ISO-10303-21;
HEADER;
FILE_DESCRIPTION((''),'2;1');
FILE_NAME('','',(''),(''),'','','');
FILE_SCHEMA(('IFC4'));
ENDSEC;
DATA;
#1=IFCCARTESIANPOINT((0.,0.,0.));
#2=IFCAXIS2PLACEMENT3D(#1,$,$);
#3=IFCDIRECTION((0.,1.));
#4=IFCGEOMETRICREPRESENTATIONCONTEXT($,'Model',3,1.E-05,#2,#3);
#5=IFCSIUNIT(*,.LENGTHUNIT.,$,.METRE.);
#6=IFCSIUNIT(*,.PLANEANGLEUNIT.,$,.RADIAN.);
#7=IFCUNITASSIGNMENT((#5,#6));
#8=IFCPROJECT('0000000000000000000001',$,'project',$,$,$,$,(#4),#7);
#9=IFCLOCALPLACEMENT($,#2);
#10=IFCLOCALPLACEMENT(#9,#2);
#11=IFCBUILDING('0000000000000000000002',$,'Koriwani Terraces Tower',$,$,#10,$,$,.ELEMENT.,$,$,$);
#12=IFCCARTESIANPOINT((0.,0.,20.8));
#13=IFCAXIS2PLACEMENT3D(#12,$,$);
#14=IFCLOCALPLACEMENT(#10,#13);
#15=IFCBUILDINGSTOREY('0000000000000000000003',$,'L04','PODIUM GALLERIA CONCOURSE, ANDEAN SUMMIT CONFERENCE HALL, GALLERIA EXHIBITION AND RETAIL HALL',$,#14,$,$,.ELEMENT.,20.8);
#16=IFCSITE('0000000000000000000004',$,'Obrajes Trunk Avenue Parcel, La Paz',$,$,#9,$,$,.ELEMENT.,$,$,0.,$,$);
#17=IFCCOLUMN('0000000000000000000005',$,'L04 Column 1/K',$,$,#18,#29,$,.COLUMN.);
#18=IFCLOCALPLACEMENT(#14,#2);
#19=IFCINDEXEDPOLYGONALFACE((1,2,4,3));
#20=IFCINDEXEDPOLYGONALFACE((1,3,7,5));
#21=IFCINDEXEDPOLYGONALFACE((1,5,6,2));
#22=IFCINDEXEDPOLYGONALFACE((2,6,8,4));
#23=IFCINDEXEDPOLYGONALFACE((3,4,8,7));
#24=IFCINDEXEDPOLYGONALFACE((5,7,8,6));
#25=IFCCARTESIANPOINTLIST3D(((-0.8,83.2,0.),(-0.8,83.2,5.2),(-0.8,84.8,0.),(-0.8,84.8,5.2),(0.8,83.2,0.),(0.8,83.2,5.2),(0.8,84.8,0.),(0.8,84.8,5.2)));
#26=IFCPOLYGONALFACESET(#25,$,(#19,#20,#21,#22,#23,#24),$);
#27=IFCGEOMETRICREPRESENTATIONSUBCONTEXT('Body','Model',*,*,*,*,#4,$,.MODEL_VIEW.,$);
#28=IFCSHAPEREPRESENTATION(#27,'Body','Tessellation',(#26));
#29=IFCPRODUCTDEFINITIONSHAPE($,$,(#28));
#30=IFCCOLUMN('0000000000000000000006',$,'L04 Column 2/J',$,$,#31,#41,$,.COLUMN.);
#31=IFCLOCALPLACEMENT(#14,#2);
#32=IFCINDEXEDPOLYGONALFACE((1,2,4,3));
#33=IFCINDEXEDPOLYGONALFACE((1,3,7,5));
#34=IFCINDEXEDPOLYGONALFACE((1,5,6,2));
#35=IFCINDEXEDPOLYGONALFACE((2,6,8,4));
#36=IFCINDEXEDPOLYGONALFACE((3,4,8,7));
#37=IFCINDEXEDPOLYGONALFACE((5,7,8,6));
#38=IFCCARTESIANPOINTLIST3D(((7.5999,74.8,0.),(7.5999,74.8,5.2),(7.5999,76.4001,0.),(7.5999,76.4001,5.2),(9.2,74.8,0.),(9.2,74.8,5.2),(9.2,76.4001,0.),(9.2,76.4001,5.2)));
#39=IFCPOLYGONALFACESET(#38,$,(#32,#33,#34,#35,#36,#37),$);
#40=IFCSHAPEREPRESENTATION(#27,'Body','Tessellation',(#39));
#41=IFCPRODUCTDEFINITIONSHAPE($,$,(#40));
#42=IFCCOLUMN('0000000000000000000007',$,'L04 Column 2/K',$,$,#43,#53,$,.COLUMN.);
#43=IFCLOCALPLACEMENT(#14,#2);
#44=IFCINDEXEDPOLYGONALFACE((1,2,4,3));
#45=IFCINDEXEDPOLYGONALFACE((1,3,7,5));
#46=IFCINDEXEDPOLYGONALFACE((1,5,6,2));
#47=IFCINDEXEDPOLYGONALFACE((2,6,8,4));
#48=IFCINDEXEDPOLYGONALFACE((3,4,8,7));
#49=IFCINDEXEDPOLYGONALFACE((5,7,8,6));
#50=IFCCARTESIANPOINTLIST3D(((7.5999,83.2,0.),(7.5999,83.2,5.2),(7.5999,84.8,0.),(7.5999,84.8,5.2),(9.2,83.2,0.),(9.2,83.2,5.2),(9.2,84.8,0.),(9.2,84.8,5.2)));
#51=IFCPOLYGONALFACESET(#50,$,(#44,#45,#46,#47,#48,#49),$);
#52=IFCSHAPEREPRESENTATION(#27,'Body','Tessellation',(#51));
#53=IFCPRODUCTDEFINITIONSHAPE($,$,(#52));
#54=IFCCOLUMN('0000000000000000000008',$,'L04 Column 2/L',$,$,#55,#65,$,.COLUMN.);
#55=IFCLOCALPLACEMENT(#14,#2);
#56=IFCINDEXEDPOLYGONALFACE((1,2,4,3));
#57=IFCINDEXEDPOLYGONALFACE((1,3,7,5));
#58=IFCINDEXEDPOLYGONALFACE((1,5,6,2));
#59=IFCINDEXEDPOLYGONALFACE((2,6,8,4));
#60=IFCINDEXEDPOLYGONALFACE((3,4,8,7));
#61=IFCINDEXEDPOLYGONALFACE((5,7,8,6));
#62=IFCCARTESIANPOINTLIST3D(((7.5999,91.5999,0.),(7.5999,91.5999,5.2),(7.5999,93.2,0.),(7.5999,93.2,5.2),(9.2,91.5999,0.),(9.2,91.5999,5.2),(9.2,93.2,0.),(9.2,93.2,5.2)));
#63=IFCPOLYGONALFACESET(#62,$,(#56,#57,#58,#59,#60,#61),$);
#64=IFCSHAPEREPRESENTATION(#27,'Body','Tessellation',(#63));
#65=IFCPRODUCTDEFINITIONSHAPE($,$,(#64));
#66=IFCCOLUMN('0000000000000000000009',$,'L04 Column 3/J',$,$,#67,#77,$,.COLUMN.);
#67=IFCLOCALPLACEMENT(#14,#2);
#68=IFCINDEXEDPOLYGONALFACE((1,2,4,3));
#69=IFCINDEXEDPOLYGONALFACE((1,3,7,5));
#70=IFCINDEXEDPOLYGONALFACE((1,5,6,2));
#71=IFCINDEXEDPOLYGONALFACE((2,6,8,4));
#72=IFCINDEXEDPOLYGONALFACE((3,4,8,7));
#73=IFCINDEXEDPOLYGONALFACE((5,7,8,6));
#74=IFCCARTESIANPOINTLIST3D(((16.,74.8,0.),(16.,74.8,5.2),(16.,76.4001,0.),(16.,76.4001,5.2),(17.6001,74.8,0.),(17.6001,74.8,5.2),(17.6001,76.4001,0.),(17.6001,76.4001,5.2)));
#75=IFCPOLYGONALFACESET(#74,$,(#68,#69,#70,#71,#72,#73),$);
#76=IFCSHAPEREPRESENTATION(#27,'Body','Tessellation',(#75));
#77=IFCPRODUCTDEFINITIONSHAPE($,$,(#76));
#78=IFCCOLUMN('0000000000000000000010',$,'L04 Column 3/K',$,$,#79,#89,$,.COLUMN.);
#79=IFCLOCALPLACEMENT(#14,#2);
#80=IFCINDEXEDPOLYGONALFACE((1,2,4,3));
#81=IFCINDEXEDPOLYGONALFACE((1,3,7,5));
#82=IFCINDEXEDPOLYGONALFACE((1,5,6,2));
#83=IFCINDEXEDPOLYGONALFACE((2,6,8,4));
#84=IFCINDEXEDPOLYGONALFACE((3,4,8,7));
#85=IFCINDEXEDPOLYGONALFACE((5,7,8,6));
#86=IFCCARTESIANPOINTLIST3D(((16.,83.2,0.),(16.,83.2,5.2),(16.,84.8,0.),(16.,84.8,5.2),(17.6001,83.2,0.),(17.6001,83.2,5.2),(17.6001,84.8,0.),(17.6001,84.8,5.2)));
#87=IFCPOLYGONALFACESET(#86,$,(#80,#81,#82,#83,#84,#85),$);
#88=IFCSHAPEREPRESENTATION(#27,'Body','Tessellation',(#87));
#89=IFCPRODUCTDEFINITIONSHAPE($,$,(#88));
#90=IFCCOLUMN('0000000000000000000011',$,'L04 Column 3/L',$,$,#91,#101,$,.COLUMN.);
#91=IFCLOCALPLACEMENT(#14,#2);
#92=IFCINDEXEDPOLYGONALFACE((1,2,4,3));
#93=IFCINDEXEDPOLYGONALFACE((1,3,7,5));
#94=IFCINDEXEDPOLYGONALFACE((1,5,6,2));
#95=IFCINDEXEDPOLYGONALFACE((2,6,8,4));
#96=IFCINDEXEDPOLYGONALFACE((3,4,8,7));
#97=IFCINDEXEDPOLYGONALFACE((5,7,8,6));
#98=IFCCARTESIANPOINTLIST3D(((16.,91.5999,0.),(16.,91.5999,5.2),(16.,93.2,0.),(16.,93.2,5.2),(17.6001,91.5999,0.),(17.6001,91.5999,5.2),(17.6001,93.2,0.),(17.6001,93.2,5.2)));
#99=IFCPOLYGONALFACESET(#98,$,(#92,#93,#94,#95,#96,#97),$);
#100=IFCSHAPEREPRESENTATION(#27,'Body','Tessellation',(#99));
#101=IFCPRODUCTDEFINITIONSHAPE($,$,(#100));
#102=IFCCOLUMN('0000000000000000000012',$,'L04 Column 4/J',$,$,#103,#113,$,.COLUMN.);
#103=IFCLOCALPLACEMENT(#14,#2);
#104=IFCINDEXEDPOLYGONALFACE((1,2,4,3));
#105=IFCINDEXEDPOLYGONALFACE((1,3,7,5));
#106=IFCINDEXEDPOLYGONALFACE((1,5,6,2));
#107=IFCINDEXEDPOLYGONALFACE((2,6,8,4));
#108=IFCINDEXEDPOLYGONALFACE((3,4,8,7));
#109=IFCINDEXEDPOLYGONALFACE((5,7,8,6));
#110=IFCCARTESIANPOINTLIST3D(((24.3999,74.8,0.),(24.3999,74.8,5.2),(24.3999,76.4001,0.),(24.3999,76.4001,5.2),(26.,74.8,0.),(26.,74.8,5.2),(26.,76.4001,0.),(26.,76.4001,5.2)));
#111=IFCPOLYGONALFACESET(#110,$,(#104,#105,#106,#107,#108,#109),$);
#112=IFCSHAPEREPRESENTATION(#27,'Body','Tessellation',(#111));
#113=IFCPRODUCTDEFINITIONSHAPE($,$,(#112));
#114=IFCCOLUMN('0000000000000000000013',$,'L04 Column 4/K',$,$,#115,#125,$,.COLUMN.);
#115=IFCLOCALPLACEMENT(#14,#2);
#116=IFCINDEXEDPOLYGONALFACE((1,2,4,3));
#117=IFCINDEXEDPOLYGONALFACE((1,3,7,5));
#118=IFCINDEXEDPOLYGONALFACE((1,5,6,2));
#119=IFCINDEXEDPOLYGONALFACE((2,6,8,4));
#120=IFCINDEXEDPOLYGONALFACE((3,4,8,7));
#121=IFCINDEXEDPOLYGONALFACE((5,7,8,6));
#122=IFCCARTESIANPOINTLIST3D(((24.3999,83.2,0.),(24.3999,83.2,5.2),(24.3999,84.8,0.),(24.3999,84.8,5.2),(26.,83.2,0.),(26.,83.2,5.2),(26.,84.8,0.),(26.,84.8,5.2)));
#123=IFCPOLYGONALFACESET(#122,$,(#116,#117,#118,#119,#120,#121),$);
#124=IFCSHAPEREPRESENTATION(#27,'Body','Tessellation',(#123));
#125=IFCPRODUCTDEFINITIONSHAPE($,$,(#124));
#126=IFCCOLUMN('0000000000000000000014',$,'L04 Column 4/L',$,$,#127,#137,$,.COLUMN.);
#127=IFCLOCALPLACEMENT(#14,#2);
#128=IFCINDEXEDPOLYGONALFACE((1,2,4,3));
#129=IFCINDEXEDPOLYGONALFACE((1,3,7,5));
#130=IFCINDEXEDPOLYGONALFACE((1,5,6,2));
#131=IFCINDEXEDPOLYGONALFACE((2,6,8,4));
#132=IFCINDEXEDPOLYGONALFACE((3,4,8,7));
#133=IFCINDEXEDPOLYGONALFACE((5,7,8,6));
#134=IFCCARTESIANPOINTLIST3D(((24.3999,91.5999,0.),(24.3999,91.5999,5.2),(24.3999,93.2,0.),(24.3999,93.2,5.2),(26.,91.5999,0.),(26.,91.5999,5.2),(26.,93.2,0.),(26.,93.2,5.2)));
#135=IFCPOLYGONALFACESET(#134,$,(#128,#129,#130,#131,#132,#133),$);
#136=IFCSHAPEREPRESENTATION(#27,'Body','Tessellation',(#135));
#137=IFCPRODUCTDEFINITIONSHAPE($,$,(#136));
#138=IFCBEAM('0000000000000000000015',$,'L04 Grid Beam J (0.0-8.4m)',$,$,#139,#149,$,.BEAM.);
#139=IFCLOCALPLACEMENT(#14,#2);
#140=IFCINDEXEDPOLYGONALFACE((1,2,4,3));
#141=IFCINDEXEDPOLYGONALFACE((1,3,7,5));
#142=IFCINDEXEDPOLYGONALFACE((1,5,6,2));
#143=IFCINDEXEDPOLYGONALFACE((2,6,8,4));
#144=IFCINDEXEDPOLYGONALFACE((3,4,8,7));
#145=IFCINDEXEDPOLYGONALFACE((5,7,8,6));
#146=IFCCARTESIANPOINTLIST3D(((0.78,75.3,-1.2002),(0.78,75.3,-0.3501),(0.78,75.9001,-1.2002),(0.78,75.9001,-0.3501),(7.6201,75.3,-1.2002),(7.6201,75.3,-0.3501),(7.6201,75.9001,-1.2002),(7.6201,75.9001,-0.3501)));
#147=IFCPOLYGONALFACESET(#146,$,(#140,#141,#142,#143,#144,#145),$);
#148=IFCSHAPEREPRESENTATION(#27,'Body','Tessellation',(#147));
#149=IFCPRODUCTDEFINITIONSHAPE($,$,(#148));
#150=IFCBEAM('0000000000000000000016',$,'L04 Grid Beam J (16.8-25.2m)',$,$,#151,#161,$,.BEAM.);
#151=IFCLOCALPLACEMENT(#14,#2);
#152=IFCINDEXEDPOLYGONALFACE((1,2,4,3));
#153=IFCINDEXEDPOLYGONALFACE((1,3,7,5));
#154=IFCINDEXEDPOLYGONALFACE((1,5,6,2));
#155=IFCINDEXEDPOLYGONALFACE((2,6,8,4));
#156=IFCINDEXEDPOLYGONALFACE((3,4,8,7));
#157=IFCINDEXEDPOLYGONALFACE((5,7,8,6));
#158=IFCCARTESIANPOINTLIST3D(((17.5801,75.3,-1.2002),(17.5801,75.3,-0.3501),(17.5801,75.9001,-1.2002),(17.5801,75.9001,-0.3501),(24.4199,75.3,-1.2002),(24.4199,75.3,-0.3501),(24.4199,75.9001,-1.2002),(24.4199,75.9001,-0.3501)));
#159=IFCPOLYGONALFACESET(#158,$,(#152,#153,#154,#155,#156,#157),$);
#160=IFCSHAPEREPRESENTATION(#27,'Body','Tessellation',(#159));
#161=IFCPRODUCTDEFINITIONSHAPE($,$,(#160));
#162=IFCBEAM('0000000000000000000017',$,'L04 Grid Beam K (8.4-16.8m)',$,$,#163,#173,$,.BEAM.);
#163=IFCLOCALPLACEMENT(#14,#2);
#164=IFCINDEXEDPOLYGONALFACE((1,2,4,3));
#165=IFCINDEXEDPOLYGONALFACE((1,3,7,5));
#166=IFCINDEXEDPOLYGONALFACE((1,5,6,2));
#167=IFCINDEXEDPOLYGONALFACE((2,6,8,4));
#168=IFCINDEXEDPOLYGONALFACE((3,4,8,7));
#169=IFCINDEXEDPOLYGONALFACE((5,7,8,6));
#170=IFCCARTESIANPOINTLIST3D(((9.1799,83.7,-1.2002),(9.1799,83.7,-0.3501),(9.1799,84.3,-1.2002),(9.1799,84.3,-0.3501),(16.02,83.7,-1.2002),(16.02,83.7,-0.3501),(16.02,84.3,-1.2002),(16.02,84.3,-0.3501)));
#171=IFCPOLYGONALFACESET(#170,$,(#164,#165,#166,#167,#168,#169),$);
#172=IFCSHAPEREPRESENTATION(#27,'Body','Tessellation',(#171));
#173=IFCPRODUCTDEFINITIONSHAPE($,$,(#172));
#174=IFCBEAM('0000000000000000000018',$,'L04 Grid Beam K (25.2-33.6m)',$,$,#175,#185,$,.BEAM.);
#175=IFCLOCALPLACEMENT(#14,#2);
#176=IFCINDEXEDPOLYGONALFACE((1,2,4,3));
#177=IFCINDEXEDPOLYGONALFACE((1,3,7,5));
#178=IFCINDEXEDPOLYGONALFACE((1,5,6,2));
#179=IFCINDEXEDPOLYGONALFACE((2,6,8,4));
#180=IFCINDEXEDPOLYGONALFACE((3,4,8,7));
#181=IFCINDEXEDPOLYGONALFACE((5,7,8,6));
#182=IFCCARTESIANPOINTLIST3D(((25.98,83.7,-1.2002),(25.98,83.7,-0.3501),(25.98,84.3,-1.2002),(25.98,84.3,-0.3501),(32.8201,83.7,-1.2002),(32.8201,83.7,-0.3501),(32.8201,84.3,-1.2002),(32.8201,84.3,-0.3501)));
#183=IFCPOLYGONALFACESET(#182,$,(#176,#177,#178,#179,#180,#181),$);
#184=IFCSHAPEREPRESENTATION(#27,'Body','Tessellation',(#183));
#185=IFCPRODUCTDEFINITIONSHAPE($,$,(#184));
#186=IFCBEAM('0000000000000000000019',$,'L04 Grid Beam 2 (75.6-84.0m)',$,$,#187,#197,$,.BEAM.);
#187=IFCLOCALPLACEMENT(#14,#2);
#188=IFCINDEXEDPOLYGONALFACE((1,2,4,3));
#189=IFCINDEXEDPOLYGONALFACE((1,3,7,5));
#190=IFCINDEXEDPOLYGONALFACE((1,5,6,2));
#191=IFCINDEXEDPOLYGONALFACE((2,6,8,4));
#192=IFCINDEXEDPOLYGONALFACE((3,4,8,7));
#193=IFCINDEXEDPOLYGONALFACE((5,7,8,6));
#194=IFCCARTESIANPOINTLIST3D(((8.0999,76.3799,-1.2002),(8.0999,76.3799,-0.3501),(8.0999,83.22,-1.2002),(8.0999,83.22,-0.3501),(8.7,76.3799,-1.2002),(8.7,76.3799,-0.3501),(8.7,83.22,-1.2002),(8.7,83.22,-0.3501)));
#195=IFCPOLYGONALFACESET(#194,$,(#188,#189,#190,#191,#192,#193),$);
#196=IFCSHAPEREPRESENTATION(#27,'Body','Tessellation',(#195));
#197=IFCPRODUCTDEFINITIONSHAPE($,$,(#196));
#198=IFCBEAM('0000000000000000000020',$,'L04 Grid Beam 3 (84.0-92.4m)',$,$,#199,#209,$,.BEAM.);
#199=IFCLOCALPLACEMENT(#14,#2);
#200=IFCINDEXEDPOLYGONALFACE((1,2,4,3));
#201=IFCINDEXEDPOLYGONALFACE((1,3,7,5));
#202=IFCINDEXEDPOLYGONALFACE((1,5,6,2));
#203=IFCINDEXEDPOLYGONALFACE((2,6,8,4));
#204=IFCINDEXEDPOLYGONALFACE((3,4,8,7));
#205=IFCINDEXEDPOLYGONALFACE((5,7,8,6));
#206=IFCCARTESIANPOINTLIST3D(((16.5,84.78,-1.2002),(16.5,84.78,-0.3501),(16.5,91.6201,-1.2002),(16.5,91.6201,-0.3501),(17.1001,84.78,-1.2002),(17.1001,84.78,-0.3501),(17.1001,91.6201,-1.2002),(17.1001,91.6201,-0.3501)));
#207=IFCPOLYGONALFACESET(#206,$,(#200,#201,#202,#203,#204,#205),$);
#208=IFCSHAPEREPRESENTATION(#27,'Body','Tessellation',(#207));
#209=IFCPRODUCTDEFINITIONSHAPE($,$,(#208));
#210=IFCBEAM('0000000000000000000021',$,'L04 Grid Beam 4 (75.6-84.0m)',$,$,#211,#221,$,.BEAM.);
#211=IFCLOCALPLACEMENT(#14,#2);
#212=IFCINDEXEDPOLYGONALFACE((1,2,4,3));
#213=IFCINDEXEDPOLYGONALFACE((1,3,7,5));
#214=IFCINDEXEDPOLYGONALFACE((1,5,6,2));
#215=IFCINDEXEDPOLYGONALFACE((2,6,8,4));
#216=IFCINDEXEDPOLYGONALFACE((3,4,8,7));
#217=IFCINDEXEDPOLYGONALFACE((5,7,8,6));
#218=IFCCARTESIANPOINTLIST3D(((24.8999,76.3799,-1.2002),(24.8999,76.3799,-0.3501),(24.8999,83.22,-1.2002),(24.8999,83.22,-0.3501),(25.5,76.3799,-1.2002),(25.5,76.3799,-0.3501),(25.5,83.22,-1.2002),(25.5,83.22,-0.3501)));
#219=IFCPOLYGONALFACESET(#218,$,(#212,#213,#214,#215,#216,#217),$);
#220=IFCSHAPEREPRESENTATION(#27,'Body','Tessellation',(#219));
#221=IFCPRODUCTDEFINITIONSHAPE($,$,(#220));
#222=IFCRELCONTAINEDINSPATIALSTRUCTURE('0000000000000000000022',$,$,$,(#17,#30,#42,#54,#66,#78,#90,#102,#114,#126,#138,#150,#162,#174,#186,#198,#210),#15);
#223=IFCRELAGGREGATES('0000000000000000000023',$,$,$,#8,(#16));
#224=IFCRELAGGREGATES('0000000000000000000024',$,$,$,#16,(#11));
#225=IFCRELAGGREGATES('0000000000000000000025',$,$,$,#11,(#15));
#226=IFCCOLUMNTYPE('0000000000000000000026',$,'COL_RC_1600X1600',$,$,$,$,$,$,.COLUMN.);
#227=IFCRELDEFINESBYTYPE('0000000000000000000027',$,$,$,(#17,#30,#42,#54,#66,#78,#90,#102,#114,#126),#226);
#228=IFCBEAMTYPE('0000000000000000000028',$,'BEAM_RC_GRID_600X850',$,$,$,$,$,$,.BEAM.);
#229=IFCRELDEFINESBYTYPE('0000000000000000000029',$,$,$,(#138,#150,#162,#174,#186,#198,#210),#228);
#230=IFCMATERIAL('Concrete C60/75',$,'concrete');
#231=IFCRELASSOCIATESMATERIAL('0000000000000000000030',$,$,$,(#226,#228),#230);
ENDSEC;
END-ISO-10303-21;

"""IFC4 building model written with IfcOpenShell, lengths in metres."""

from ifc_helpers import new_model, si_unit, direction, frame, origin, origin_2d, place, context, subcontext, project, spatial, rectangle, extrude, material, material_profile, profile_set, type_object, element, save


model = new_model("IFC4")

# Units and contexts
model_context = context("Model", 3, precision=1e-05, world=origin(), true_north=direction((0.0, 1.0)))
body_context = subcontext(model_context, "Body", "Model", "MODEL_VIEW")
ifc_project = project(units=[si_unit("LENGTHUNIT", "METRE"), si_unit("PLANEANGLEUNIT", "RADIAN")], contexts=[model_context])

# Site, building, storey
site_placement = place(None, origin())
site = spatial("IfcSite", under=ifc_project, at=site_placement, Name="Obrajes Trunk Avenue Parcel, La Paz", CompositionType="ELEMENT", RefElevation=0.0)
building_placement = place(site_placement, origin())
building = spatial("IfcBuilding", under=site, at=building_placement, Name="Koriwani Terraces Tower", CompositionType="ELEMENT")
storey_placement = place(building_placement, frame((0.0, 0.0, 20.8)))
storey = spatial("IfcBuildingStorey", under=building, at=storey_placement, Name="L04", Description="PODIUM GALLERIA CONCOURSE, ANDEAN SUMMIT CONFERENCE HALL, GALLERIA EXHIBITION AND RETAIL HALL", CompositionType="ELEMENT", Elevation=20.8)

# Columns
ifc_material_1 = material(Name="Concrete C60/75", Category="concrete")
ifc_material_profile_1 = material_profile(ifc_material_1, rectangle(XDim=1.6001, YDim=1.6001, at=origin_2d()), Name="Concrete C60/75", Category="LoadBearing")
ifc_profile_set_1 = profile_set([ifc_material_profile_1], Name="Concrete C60/75")
column_type = type_object("IfcColumnType", Name="COL_RC_1600X1600", PredefinedType="COLUMN", material=ifc_profile_set_1)
for number, where, z_axis, x_axis, name in (
    (1, (0.0, 84.0, 0.0), (0.0, 0.0, 1.0), (1.0, 0.0, 0.0), "L04 Column 1/K"),
    (2, (8.3999, 75.6001, 0.0), (0.0, 0.0, 1.0), (1.0, 0.0, 0.0), "L04 Column 2/J"),
    (3, (8.3999, 84.0, 0.0), (0.0, 0.0, 1.0), (1.0, 0.0, 0.0), "L04 Column 2/K"),
    (4, (8.3999, 92.3999, 0.0), (0.0, 0.0, 1.0), (1.0, 0.0, 0.0), "L04 Column 2/L"),
    (5, (16.8, 75.6001, 0.0), (0.0, 0.0, 1.0), (1.0, 0.0, 0.0), "L04 Column 3/J"),
    (6, (16.8, 84.0, 0.0), (0.0, 0.0, 1.0), (1.0, 0.0, 0.0), "L04 Column 3/K"),
    (7, (16.8, 92.3999, 0.0), (0.0, 0.0, 1.0), (1.0, 0.0, 0.0), "L04 Column 3/L"),
    (8, (25.2, 75.6001, 0.0), (0.0, 0.0, 1.0), (1.0, 0.0, 0.0), "L04 Column 4/J"),
    (9, (25.2, 84.0, 0.0), (0.0, 0.0, 1.0), (1.0, 0.0, 0.0), "L04 Column 4/K"),
    (10, (25.2, 92.3999, 0.0), (0.0, 0.0, 1.0), (1.0, 0.0, 0.0), "L04 Column 4/L"),
):
    element("IfcColumn", number, at=place(storey_placement, frame(where, z_axis=z_axis, x_axis=x_axis)), inside=storey, type_object=column_type, Name=name, PredefinedType="COLUMN", context=body_context, shape_type="SweptSolid", body=[
        extrude(rectangle(XDim=1.6001, YDim=1.6001, at=origin_2d()), origin(), (0.0, 0.0, 1.0), 5.2),
    ])

# Beams
ifc_material_profile_2 = material_profile(ifc_material_1, rectangle(XDim=0.6001, YDim=0.8501, at=origin_2d()), Name="Concrete C60/75", Category="LoadBearing")
ifc_profile_set_2 = profile_set([ifc_material_profile_2], Name="Concrete C60/75")
beam_type_1 = type_object("IfcBeamType", Name="BEAM_RC_GRID_600X850", PredefinedType="BEAM", material=ifc_profile_set_2)
beam_1_placement = place(storey_placement, frame((0.78, 75.6001, -0.7751), z_axis=(1.0, 0.0, 0.0), x_axis=(0.0, 1.0, 0.0)))
element("IfcBeam", 11, at=beam_1_placement, inside=storey, type_object=beam_type_1, Name="L04 Grid Beam J (0.0-8.4m)", PredefinedType="BEAM", context=body_context, shape_type="SweptSolid", body=[
    extrude(rectangle(XDim=0.6001, YDim=0.8501, at=origin_2d()), origin(), (0.0, 0.0, 1.0), 6.8401),
])
beam_2_placement = place(storey_placement, frame((17.5801, 75.6001, -0.7751), z_axis=(1.0, 0.0, 0.0), x_axis=(0.0, 1.0, 0.0)))
element("IfcBeam", 12, at=beam_2_placement, inside=storey, type_object=beam_type_1, Name="L04 Grid Beam J (16.8-25.2m)", PredefinedType="BEAM", context=body_context, shape_type="SweptSolid", body=[
    extrude(rectangle(XDim=0.6001, YDim=0.8501, at=origin_2d()), origin(), (0.0, 0.0, 1.0), 6.8398),
])
for number, where, z_axis, x_axis, name in (
    (13, (9.1799, 84.0, -0.7751), (1.0, 0.0, 0.0), (0.0, 1.0, 0.0), "L04 Grid Beam K (8.4-16.8m)"),
    (14, (25.98, 84.0, -0.7751), (1.0, 0.0, 0.0), (0.0, 1.0, 0.0), "L04 Grid Beam K (25.2-33.6m)"),
    (15, (8.3999, 76.3799, -0.7751), (0.0, 1.0, 0.0), (-1.0, 0.0, 0.0), "L04 Grid Beam 2 (75.6-84.0m)"),
    (16, (16.8, 84.78, -0.7751), (0.0, 1.0, 0.0), (-1.0, 0.0, 0.0), "L04 Grid Beam 3 (84.0-92.4m)"),
    (17, (25.2, 76.3799, -0.7751), (0.0, 1.0, 0.0), (-1.0, 0.0, 0.0), "L04 Grid Beam 4 (75.6-84.0m)"),
):
    element("IfcBeam", number, at=place(storey_placement, frame(where, z_axis=z_axis, x_axis=x_axis)), inside=storey, type_object=beam_type_1, Name=name, PredefinedType="BEAM", context=body_context, shape_type="SweptSolid", body=[
        extrude(rectangle(XDim=0.6001, YDim=0.8501, at=origin_2d()), origin(), (0.0, 0.0, 1.0), 6.8401),
    ])

save(model, "model.ifc")
